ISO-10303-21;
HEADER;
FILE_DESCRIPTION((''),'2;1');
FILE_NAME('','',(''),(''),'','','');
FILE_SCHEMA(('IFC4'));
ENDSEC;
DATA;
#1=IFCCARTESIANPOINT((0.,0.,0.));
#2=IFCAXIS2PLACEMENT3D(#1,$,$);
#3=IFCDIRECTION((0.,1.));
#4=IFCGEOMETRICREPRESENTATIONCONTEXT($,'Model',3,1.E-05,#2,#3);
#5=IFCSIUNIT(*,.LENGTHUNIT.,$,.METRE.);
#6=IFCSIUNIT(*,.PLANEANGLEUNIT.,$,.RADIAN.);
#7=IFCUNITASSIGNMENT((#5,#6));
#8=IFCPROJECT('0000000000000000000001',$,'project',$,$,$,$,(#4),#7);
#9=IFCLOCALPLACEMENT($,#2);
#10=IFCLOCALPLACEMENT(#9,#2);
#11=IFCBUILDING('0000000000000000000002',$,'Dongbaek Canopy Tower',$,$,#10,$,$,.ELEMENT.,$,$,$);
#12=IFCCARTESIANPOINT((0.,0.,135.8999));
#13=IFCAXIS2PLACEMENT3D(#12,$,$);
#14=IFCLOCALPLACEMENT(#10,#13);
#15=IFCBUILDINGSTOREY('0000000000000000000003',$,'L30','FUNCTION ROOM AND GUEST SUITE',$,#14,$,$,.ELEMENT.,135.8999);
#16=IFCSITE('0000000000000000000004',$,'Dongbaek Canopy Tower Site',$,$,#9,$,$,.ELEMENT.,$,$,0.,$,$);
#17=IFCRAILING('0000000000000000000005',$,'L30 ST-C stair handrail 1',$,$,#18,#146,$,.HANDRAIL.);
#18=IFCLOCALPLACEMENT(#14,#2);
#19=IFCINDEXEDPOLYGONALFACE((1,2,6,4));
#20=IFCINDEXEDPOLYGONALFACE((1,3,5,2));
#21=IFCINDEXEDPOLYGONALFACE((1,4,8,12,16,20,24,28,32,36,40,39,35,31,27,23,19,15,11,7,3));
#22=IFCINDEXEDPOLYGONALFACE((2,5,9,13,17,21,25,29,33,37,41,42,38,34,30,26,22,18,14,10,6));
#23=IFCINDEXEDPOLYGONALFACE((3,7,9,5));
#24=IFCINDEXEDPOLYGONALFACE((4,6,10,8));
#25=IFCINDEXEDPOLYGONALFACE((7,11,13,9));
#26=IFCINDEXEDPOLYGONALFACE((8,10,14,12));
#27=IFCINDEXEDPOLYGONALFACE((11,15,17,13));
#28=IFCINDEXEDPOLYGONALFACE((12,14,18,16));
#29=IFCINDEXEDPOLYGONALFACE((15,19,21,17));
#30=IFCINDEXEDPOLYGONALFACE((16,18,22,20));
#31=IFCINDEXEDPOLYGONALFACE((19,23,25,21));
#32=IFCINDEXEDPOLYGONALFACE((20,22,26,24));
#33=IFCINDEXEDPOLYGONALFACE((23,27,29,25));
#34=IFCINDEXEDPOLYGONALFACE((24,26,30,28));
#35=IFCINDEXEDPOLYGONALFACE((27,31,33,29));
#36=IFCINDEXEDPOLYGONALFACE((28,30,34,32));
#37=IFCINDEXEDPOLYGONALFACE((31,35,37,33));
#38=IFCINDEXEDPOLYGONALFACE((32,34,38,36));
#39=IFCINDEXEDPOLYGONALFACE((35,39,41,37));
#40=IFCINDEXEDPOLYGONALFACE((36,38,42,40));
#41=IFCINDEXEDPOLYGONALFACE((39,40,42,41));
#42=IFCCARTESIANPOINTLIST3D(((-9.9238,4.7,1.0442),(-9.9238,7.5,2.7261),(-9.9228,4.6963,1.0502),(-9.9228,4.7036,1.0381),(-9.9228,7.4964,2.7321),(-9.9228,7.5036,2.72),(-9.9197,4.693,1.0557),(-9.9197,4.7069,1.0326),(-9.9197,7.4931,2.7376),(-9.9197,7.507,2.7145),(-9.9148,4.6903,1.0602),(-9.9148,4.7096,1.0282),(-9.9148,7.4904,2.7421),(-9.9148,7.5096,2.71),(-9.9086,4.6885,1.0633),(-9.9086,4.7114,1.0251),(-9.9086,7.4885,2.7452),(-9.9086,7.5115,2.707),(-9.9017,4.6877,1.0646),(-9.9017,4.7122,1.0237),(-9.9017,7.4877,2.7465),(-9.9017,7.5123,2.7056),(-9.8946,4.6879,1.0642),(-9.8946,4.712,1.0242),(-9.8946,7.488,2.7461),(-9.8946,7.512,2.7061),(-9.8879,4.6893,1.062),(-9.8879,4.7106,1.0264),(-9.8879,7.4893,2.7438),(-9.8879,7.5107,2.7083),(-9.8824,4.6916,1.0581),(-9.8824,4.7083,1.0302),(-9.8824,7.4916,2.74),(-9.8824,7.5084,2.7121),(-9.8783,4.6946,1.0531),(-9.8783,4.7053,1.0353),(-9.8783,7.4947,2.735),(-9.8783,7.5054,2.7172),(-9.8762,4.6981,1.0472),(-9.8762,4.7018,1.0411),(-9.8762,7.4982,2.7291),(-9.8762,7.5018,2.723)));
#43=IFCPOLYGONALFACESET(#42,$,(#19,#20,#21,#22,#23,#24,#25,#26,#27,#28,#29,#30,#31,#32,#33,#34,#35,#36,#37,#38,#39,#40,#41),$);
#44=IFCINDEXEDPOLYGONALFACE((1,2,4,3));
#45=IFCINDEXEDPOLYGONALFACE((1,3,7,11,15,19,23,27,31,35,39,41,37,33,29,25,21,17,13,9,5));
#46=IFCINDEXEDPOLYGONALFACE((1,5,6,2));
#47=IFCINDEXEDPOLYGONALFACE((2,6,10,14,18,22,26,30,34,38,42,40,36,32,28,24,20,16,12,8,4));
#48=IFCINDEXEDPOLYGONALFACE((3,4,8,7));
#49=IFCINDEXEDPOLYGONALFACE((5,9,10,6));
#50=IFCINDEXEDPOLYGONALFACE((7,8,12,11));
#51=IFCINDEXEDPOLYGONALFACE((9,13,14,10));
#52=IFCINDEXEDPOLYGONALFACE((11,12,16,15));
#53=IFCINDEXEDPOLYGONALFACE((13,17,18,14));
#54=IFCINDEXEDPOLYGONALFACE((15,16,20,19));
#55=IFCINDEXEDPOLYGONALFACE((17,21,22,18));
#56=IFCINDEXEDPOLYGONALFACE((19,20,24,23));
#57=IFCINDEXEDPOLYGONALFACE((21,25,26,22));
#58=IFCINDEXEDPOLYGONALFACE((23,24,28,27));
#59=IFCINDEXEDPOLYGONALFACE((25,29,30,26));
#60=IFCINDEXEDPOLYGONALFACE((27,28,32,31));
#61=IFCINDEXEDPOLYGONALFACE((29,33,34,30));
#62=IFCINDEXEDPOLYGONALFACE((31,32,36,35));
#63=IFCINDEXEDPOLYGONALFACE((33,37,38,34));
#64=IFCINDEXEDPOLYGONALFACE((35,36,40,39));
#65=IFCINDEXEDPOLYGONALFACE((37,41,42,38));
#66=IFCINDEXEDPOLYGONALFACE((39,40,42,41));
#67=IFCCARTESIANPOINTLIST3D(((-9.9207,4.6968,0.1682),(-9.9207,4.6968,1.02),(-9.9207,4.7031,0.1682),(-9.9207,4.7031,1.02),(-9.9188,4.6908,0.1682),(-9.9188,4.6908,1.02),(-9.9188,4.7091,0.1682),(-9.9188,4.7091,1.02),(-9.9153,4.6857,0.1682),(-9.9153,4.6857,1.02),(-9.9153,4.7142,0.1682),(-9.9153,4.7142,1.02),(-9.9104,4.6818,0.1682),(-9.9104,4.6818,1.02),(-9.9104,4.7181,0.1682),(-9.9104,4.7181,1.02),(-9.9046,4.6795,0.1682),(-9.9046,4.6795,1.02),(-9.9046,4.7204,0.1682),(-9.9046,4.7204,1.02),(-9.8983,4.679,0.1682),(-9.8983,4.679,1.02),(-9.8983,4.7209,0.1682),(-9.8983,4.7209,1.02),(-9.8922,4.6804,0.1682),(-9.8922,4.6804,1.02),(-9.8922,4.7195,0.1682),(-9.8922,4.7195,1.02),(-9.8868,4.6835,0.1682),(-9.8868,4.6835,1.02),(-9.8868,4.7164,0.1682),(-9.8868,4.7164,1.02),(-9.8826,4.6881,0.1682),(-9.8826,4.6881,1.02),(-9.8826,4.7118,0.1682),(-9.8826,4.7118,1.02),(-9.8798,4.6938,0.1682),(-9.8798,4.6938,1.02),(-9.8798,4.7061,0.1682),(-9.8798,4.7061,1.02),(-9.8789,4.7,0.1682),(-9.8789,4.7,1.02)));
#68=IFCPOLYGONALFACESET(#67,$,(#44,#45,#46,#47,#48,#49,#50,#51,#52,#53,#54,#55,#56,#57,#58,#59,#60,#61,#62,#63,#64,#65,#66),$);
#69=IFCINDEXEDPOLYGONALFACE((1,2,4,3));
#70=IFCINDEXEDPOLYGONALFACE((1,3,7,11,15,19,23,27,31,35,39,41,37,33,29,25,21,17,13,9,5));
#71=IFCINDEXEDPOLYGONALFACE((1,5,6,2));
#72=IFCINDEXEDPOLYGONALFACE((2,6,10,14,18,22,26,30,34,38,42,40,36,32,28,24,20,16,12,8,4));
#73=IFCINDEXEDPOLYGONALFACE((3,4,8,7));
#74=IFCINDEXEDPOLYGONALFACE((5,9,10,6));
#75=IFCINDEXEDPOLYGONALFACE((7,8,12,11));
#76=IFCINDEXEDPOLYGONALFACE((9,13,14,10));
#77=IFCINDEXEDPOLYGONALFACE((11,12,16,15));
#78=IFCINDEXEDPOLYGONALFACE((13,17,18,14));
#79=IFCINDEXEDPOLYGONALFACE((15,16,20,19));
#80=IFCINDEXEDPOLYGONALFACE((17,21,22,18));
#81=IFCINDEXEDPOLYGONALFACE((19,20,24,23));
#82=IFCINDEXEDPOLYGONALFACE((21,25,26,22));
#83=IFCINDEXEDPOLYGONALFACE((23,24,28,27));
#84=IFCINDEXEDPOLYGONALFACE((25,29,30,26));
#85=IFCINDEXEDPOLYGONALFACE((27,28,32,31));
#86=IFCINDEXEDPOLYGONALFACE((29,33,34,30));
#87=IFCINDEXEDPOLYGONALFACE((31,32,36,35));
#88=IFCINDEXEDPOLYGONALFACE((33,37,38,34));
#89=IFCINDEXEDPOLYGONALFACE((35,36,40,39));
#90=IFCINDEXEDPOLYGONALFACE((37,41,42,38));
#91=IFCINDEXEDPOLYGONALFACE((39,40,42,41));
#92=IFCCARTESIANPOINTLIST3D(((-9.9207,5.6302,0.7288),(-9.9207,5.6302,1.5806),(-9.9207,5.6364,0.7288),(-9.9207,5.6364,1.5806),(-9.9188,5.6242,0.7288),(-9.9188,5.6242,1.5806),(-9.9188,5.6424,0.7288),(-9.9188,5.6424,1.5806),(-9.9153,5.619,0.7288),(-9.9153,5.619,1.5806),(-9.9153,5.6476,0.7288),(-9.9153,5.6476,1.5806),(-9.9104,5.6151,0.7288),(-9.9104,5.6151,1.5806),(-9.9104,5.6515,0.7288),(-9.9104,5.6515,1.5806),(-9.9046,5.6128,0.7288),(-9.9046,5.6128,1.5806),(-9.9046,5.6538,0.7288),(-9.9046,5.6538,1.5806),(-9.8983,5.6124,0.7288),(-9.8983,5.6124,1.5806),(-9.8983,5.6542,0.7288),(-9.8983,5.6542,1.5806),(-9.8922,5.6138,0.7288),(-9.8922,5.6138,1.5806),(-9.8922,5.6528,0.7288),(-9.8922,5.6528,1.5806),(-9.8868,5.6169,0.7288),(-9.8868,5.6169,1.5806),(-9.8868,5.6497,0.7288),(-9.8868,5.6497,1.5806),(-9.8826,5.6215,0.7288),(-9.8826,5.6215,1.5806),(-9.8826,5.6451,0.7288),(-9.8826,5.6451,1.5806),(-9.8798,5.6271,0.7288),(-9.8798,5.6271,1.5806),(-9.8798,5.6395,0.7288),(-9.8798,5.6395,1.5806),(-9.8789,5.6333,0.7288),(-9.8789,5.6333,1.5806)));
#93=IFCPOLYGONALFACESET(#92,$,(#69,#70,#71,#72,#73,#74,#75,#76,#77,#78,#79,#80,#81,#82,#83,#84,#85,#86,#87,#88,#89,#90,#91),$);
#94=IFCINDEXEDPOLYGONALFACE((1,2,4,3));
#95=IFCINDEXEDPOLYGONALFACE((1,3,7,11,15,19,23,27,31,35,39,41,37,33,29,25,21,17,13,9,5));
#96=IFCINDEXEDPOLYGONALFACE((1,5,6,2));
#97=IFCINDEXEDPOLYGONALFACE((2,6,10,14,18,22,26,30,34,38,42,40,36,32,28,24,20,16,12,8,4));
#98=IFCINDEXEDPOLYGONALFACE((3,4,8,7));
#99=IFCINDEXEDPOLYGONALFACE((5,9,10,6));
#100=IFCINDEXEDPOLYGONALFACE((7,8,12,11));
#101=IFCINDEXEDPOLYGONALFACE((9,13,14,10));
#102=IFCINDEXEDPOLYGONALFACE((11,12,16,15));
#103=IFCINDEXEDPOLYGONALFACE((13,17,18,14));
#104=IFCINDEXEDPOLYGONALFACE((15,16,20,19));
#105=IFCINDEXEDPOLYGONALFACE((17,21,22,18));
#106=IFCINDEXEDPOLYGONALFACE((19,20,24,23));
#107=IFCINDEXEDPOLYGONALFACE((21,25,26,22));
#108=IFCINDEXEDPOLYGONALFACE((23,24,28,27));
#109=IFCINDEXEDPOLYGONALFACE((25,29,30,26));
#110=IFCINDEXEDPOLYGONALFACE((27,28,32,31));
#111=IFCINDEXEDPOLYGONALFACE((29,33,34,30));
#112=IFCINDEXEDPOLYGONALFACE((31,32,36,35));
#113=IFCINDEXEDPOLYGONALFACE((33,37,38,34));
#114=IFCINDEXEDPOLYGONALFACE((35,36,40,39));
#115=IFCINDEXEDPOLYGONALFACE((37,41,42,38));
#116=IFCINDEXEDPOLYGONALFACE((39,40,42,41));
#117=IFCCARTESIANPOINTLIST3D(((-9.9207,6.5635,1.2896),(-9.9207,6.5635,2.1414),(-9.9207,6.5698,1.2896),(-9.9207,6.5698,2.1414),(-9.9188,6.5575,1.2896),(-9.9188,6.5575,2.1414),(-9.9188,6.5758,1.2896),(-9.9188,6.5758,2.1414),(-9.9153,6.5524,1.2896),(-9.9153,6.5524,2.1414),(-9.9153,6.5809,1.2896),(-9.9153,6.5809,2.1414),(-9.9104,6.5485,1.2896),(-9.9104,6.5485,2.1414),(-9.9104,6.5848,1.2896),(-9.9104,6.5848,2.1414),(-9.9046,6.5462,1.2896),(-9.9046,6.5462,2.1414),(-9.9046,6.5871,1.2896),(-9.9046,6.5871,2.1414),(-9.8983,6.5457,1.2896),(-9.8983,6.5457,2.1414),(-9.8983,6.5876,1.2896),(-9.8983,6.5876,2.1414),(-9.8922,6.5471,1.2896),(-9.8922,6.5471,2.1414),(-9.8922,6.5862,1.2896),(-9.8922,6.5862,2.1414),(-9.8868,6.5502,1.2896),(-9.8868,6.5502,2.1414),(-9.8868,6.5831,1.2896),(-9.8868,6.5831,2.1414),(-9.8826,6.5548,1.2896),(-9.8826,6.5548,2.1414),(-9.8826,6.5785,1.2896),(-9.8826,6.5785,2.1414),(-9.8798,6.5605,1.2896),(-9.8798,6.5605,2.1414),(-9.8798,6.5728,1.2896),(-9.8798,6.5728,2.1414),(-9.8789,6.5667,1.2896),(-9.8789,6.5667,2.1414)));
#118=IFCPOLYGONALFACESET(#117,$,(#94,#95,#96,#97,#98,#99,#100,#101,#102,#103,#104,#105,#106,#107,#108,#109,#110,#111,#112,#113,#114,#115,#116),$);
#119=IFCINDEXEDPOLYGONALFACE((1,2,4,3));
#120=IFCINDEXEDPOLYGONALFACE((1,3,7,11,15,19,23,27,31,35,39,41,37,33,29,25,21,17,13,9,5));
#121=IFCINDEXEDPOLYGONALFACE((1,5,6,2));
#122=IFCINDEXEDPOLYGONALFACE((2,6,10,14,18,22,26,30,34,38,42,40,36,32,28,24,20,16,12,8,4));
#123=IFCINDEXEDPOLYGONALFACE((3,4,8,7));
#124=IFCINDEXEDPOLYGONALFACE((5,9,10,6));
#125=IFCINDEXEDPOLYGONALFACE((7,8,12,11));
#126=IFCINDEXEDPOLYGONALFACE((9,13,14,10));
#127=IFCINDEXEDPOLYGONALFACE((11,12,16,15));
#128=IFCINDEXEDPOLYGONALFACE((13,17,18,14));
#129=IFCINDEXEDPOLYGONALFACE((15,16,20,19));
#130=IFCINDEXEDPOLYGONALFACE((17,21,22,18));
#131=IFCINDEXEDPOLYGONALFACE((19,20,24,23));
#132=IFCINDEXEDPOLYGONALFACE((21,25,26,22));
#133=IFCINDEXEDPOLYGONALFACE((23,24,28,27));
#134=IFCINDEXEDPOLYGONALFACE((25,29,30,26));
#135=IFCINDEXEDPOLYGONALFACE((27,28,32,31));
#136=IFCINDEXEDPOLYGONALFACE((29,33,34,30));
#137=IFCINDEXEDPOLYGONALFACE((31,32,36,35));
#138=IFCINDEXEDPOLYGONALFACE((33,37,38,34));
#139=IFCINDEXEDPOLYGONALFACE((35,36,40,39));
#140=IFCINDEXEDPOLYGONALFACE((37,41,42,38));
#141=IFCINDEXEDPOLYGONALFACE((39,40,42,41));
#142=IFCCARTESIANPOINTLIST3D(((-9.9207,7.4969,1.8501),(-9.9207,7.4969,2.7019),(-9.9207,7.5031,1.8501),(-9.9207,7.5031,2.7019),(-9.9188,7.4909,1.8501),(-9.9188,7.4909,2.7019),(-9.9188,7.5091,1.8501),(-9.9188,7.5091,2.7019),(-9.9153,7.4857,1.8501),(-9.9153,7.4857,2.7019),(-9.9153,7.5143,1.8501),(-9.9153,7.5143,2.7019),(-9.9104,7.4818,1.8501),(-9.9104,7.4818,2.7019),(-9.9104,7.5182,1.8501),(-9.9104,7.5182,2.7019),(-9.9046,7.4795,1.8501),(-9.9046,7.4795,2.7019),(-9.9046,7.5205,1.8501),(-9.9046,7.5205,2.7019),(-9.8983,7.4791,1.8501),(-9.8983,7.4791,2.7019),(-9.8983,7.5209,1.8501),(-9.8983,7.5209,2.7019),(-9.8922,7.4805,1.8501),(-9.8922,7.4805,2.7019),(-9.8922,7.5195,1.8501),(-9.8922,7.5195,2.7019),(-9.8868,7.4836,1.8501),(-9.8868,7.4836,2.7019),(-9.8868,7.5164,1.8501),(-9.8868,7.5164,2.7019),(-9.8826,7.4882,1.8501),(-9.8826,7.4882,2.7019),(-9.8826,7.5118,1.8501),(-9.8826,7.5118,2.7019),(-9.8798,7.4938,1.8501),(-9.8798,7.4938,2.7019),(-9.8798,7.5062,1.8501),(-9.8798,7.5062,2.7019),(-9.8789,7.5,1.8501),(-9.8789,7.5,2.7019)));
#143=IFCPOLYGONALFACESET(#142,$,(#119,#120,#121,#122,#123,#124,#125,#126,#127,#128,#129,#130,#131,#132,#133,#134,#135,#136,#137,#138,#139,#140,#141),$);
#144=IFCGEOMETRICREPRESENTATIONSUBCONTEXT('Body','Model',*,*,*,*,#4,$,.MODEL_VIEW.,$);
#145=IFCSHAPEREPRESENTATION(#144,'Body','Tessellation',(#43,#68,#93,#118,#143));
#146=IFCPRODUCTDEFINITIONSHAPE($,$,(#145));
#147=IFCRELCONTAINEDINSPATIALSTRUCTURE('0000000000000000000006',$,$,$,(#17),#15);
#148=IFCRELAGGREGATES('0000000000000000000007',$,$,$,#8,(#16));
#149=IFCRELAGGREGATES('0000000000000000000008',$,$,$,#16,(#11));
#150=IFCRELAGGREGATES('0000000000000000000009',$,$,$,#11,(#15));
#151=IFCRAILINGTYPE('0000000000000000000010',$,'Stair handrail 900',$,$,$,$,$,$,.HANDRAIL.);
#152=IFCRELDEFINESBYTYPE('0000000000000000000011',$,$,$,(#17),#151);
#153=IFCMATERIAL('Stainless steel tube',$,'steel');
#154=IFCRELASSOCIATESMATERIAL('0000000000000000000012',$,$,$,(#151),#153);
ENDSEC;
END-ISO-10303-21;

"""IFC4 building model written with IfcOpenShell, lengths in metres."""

from ifc_helpers import new_model, si_unit, direction, frame, origin, origin_2d, place, context, subcontext, project, spatial, circle, extrude, material, type_object, element, save


model = new_model("IFC4")

# Units and contexts
model_context = context("Model", 3, precision=1e-05, world=origin(), true_north=direction((0.0, 1.0)))
body_context = subcontext(model_context, "Body", "Model", "MODEL_VIEW")
ifc_project = project(units=[si_unit("LENGTHUNIT", "METRE"), si_unit("PLANEANGLEUNIT", "RADIAN")], contexts=[model_context])

# Site, building, storey
site_placement = place(None, origin())
site = spatial("IfcSite", under=ifc_project, at=site_placement, Name="Dongbaek Canopy Tower Site", CompositionType="ELEMENT", RefElevation=0.0)
building_placement = place(site_placement, origin())
building = spatial("IfcBuilding", under=site, at=building_placement, Name="Dongbaek Canopy Tower", CompositionType="ELEMENT")
storey_placement = place(building_placement, frame((0.0, 0.0, 135.8999)))
storey = spatial("IfcBuildingStorey", under=building, at=storey_placement, Name="L30", Description="FUNCTION ROOM AND GUEST SUITE", CompositionType="ELEMENT", Elevation=135.8999)

# Railing
ifc_material_1 = material(Name="Stainless steel tube", Category="steel")
railing_type_1 = type_object("IfcRailingType", Name="Stair handrail 900", PredefinedType="HANDRAIL", material=ifc_material_1)
railing_1_placement = place(storey_placement, frame((-9.8999, 4.7, 0.1682)))
element("IfcRailing", 1, at=railing_1_placement, inside=storey, type_object=railing_type_1, Name="L30 ST-C stair handrail 1", PredefinedType="HANDRAIL", context=body_context, shape_type="SweptSolid", body=[
    extrude(circle(Radius=0.0239, at=origin_2d()), frame((0.0, 0.0, 0.876), z_axis=(0.0, 0.857242, 0.514913), x_axis=(-1.0, 0.0, 0.0)), (0.0, 0.0, 1.0), 3.2664),
    extrude(circle(Radius=0.021, at=origin_2d()), origin(), (0.0, 0.0, 1.0), 0.8518),
    extrude(circle(Radius=0.021, at=origin_2d()), frame((0.0, 0.9333, 0.5605)), (0.0, 0.0, 1.0), 0.8518),
    extrude(circle(Radius=0.021, at=origin_2d()), frame((0.0, 1.8667, 1.1213)), (0.0, 0.0, 1.0), 0.8518),
    extrude(circle(Radius=0.021, at=origin_2d()), frame((0.0, 2.8, 1.6819)), (0.0, 0.0, 1.0), 0.8518),
])

save(model, "model.ifc")
